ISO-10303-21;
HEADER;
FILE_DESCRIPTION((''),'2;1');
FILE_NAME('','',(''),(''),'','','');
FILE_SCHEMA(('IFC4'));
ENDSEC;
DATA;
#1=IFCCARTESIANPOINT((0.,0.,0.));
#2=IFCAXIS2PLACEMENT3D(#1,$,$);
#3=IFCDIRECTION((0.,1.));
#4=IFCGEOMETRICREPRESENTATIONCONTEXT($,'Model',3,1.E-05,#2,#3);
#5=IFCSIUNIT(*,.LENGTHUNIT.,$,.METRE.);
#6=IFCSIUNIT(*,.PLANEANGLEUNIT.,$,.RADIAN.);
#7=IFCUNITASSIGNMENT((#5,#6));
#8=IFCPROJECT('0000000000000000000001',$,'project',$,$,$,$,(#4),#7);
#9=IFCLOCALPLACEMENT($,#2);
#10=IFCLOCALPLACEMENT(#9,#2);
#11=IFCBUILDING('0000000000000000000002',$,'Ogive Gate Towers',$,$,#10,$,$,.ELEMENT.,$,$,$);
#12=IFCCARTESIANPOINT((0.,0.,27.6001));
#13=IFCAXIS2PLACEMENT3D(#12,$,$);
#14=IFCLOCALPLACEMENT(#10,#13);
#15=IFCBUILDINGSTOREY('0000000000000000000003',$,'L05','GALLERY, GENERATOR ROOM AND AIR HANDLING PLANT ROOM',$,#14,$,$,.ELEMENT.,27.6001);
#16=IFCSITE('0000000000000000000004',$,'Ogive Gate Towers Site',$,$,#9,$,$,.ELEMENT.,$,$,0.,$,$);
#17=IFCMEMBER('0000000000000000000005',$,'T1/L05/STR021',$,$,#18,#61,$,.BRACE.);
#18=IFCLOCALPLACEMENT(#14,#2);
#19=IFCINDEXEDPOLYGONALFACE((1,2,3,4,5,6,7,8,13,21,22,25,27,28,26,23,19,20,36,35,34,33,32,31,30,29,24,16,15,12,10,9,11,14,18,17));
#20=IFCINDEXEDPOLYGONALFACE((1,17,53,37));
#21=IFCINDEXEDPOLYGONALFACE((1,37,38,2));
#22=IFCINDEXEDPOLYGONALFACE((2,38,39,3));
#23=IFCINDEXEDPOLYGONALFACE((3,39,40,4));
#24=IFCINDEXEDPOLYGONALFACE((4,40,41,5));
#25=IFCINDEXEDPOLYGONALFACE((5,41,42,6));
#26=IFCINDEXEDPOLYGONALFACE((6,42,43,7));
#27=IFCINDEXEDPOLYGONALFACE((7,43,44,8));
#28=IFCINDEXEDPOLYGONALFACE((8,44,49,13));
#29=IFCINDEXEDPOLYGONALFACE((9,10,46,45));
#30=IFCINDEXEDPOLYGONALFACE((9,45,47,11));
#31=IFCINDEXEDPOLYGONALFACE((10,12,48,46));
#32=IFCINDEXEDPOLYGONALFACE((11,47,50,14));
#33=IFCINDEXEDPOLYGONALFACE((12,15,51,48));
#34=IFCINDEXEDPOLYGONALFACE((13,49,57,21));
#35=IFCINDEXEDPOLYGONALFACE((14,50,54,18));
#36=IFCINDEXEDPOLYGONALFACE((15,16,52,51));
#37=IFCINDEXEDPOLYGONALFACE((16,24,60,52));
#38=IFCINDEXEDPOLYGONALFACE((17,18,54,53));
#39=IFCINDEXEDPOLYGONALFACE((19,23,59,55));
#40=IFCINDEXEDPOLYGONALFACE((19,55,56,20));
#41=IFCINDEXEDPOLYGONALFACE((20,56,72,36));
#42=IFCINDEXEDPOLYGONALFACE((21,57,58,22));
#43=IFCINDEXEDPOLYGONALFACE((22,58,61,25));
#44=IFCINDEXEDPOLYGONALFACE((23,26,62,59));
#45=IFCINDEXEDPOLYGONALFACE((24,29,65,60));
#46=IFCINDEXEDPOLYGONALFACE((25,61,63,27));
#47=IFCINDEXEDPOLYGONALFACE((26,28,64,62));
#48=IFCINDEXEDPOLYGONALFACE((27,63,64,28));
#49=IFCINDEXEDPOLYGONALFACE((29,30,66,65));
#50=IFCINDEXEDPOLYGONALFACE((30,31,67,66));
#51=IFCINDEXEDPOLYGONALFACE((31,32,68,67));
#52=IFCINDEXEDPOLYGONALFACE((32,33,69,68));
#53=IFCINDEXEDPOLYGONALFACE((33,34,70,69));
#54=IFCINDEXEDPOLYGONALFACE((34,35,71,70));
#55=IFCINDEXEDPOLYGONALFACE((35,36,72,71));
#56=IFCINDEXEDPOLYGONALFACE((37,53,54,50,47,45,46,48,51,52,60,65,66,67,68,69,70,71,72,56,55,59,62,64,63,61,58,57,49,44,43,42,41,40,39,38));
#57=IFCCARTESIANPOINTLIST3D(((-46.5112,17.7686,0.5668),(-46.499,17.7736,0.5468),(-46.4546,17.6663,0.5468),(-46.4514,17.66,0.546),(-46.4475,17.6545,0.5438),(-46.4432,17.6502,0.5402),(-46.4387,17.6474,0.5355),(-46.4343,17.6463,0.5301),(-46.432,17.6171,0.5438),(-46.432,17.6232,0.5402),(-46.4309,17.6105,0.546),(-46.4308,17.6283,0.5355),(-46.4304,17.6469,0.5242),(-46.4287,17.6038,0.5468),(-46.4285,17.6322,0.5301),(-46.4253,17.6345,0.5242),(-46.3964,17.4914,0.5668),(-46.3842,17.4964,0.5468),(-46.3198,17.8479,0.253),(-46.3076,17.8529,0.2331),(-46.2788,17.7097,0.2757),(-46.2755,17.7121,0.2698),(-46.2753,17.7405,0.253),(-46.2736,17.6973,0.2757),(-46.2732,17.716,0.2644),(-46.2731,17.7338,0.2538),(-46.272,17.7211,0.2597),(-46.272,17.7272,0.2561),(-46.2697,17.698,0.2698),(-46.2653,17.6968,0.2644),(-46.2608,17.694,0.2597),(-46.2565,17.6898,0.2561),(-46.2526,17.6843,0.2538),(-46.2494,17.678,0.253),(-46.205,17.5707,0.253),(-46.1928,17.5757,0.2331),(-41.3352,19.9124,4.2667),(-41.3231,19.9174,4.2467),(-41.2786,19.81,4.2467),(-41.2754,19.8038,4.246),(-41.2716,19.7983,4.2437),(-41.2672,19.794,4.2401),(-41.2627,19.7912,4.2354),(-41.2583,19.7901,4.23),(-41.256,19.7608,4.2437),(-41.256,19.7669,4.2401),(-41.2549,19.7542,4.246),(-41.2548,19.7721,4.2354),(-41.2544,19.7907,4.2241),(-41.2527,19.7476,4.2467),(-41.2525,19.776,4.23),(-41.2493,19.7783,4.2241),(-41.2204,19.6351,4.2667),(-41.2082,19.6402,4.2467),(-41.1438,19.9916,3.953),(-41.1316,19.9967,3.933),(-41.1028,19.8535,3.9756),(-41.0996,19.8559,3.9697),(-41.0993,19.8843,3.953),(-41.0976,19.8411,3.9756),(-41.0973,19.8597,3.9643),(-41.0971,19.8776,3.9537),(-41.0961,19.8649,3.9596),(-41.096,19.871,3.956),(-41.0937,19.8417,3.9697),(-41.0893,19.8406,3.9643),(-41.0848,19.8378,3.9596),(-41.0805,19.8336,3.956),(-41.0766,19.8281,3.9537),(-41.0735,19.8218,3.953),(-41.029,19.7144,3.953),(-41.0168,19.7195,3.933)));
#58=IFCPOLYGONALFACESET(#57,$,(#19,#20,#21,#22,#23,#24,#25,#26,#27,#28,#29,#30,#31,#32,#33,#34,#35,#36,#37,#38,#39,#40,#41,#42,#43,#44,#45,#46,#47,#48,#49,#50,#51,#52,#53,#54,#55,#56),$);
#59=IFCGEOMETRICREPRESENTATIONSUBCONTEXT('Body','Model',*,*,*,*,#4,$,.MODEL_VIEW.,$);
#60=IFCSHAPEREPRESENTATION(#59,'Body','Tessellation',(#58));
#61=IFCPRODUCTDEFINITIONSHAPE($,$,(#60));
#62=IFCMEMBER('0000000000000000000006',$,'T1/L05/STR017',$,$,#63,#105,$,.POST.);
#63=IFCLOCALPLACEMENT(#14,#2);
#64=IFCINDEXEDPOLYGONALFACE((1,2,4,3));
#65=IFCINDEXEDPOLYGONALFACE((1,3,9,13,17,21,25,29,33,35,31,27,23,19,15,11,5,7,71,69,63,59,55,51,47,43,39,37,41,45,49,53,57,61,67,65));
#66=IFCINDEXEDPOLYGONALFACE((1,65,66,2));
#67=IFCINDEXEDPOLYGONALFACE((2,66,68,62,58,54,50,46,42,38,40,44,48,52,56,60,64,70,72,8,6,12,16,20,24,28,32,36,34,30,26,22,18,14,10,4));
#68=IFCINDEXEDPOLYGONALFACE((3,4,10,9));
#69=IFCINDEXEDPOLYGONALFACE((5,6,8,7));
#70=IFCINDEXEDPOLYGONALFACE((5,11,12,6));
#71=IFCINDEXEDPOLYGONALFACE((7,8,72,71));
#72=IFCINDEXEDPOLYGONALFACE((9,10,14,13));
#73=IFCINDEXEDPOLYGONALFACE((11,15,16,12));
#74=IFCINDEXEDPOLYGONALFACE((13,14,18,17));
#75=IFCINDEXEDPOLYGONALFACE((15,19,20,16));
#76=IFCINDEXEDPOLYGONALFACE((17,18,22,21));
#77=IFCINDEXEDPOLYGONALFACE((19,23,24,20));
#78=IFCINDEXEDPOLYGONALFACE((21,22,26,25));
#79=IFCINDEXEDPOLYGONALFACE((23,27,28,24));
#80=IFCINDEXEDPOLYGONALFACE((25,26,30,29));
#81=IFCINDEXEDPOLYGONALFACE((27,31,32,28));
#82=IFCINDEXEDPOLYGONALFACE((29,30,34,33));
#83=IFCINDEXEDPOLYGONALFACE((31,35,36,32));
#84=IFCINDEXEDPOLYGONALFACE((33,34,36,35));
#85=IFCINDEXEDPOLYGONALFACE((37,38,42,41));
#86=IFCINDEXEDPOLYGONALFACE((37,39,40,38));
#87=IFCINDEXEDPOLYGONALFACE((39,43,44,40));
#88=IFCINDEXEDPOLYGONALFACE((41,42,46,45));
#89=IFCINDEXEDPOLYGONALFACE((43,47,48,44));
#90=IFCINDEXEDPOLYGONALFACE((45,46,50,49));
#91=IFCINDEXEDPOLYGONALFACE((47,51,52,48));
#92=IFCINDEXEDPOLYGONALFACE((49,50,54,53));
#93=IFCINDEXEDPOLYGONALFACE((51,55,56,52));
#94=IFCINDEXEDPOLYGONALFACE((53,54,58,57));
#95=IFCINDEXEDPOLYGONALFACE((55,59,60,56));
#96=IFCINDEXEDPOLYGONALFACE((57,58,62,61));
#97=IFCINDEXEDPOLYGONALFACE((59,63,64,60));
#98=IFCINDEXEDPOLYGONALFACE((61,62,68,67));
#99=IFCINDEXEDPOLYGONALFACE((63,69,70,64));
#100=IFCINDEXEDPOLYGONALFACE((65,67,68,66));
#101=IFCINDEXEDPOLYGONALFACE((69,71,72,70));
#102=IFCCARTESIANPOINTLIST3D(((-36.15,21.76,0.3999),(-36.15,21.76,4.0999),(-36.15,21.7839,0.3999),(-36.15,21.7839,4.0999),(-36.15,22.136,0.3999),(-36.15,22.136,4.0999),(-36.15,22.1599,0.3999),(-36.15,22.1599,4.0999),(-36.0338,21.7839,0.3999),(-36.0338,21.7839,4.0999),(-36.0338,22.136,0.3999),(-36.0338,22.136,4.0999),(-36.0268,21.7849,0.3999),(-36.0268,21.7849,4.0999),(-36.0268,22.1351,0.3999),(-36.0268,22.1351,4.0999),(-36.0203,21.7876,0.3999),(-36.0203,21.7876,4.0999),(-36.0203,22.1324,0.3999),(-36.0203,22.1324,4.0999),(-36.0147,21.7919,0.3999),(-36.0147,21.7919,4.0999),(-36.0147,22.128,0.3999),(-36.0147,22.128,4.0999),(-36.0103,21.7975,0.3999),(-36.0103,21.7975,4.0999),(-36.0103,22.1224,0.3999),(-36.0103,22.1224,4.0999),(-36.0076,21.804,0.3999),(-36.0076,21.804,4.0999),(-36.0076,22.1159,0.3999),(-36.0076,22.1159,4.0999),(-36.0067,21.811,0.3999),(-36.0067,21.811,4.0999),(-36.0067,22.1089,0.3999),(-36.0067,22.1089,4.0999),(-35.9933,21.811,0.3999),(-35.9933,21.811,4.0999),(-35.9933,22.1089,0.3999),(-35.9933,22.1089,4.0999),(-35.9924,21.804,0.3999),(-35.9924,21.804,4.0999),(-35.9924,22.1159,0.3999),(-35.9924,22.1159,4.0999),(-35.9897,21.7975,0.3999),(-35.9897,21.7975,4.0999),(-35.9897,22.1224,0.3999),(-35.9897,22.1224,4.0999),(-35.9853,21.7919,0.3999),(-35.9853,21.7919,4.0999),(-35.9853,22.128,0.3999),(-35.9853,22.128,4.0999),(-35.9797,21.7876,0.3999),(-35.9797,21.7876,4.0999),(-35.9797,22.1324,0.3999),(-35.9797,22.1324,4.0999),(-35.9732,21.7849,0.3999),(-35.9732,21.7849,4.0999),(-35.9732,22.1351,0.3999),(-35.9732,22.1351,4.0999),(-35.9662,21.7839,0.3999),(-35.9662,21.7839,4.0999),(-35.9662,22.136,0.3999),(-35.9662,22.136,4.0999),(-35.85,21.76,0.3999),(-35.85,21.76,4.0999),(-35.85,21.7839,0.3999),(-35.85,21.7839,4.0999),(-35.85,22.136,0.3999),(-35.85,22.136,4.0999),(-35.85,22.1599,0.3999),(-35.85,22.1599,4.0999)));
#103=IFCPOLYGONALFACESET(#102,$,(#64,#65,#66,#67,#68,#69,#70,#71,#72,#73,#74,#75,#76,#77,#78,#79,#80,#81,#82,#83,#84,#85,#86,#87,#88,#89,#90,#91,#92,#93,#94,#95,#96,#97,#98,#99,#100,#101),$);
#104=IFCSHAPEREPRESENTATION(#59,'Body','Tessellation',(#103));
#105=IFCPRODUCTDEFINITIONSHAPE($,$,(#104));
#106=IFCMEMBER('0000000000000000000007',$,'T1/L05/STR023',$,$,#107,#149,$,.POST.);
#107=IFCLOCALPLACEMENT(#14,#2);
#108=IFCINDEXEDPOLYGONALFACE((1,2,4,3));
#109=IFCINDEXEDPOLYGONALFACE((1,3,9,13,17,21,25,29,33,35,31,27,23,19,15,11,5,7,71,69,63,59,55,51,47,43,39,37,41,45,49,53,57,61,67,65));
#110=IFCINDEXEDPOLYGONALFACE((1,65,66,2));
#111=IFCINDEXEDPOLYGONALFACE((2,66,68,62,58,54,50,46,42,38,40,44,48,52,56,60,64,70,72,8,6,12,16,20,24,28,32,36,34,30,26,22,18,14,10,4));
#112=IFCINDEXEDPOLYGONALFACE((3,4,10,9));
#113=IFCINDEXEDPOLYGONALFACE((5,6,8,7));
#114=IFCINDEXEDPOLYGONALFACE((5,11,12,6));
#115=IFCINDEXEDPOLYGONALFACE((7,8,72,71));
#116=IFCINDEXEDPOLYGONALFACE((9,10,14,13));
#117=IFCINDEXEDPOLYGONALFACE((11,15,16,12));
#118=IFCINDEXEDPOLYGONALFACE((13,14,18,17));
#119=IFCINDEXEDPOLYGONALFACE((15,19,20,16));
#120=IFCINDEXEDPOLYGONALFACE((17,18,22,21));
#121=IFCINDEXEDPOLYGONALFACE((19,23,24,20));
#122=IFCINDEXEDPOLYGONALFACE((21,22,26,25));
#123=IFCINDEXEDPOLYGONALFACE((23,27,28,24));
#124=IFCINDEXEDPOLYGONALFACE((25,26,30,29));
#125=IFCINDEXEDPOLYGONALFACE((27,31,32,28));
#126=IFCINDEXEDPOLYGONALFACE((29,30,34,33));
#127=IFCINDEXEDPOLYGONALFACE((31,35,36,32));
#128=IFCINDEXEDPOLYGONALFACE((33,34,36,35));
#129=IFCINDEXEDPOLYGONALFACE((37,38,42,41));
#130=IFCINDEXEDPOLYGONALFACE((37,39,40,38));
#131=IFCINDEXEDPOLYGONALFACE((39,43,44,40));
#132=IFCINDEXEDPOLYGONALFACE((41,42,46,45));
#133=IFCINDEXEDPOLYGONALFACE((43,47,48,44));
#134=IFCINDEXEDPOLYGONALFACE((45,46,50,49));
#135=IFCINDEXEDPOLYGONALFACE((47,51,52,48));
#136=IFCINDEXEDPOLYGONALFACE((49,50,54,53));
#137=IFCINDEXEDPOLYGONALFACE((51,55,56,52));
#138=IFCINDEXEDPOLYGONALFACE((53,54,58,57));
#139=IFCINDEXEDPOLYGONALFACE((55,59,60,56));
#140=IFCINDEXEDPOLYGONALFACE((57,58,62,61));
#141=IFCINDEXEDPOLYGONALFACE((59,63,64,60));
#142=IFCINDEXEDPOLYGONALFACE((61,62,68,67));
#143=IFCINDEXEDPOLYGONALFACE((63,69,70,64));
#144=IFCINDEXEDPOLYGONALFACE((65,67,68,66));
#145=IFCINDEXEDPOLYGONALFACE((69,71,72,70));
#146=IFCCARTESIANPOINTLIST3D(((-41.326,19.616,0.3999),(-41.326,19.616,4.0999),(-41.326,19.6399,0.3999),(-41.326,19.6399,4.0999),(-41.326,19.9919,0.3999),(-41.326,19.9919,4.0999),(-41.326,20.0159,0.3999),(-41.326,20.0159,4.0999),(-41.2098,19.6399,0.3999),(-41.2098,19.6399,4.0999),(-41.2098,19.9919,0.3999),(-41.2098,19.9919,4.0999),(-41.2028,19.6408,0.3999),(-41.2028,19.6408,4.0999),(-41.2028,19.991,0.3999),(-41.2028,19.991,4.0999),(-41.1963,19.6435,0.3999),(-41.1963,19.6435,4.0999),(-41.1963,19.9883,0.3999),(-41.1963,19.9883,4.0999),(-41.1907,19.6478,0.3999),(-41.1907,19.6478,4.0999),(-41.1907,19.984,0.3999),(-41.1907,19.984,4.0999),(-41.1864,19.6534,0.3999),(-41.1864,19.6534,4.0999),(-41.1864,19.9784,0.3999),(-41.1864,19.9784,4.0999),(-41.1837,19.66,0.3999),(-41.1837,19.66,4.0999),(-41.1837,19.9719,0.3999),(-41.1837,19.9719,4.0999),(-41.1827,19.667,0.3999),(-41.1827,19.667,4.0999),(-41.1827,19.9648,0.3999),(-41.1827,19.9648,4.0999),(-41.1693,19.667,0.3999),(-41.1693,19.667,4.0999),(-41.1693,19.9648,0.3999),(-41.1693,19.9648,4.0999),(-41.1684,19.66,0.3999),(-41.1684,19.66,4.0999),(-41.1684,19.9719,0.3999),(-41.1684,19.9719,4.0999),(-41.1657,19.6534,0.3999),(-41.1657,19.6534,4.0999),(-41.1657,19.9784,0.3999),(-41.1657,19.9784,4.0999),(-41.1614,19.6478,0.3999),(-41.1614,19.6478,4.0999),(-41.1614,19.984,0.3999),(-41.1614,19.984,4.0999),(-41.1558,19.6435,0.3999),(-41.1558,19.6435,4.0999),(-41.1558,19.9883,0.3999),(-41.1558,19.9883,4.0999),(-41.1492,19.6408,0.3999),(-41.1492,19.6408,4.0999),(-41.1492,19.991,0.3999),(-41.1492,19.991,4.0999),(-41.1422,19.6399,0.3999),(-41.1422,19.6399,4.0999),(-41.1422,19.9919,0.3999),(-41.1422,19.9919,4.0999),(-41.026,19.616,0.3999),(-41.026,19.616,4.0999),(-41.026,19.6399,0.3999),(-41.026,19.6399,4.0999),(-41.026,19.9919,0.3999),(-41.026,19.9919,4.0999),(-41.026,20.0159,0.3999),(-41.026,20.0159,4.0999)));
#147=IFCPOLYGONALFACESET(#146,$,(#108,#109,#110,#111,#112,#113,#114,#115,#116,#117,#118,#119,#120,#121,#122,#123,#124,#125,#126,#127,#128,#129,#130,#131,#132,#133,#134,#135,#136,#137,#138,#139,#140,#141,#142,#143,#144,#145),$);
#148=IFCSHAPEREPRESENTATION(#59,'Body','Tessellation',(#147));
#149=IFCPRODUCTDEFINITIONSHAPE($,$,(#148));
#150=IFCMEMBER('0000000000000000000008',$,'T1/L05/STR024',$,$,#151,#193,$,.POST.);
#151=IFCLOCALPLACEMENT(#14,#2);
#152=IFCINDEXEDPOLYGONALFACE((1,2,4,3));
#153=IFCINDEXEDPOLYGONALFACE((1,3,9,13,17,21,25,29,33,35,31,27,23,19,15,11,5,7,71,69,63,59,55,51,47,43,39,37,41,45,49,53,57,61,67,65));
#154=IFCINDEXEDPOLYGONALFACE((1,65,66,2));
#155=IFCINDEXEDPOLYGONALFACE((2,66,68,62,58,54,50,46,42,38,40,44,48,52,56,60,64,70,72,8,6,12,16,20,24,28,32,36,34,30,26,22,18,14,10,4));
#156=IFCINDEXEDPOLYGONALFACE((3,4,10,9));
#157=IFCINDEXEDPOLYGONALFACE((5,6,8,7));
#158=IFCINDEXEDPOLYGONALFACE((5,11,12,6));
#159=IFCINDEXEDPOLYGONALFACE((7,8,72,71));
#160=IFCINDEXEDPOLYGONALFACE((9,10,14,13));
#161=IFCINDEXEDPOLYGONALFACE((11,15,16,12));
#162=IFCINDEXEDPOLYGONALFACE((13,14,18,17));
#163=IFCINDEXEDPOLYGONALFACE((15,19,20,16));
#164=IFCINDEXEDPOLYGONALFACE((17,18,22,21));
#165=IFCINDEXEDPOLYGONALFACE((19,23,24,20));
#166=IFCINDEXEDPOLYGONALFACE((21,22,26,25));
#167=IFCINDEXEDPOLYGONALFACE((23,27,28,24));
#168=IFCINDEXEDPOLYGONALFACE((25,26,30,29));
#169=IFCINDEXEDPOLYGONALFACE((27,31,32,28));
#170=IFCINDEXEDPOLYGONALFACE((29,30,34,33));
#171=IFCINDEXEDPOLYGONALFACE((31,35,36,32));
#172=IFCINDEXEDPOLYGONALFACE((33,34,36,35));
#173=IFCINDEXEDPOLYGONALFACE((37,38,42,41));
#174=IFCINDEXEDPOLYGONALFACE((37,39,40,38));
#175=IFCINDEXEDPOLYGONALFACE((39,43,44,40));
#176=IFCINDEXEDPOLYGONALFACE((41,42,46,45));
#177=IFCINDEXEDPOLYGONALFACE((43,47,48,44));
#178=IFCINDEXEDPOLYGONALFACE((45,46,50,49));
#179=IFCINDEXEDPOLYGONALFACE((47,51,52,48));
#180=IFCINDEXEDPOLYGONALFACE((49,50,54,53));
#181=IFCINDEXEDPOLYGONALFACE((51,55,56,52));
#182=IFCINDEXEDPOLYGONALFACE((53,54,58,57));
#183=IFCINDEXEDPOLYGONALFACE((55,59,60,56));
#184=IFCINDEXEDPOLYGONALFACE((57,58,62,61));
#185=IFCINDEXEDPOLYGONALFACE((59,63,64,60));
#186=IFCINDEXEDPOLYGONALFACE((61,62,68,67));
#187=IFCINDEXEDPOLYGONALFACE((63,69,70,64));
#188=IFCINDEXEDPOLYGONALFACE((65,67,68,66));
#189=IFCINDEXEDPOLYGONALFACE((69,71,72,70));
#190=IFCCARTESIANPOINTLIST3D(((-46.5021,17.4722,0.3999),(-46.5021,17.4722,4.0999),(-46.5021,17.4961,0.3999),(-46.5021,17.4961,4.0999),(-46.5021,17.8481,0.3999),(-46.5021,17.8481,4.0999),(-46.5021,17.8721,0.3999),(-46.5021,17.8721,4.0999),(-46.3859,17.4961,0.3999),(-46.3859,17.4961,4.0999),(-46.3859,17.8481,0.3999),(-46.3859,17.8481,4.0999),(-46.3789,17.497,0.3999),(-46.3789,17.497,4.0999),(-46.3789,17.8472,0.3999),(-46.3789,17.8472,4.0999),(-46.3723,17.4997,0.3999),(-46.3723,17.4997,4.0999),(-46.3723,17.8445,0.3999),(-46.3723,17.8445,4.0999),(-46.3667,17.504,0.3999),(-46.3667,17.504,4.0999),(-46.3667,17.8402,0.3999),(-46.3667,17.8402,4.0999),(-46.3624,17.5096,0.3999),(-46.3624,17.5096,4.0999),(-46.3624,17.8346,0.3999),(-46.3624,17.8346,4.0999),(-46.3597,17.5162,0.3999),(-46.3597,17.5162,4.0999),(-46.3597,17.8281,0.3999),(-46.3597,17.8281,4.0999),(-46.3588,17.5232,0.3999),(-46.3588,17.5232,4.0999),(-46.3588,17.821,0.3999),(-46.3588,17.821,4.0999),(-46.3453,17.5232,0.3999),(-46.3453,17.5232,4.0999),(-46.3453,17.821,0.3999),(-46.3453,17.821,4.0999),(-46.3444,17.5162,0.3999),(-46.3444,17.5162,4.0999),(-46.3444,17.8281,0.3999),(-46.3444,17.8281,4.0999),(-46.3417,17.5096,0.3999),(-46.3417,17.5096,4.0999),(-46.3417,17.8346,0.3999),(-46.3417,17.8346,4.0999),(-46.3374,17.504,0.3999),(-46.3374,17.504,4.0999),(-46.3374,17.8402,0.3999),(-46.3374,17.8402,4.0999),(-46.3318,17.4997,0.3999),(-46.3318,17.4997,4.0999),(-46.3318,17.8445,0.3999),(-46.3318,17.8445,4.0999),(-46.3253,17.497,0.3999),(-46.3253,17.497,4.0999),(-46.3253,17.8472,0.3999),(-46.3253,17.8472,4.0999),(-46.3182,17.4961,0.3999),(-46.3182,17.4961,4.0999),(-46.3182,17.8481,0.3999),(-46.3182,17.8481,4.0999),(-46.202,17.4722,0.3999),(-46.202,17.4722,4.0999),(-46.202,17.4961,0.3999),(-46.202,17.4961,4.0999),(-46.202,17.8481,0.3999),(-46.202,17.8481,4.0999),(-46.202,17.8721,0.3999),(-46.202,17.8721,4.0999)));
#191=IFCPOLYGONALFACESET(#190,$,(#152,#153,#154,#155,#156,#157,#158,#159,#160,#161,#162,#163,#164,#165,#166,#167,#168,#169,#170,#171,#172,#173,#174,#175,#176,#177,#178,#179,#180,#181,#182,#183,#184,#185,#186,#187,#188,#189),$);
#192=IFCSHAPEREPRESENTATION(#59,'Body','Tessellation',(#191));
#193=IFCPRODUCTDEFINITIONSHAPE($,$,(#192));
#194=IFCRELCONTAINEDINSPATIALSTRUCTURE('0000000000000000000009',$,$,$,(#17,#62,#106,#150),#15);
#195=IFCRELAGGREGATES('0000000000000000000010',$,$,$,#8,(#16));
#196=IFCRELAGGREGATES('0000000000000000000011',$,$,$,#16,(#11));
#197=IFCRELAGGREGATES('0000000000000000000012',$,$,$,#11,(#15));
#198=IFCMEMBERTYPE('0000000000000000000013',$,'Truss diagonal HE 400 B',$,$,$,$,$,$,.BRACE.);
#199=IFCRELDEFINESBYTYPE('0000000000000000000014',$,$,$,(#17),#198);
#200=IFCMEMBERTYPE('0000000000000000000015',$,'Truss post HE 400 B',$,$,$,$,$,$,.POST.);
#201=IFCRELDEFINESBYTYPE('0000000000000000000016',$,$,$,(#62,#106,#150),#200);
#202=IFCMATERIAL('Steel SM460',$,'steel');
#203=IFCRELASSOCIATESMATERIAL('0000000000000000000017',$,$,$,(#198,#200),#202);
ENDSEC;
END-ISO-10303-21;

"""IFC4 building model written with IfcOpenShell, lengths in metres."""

from ifc_helpers import new_model, si_unit, direction, frame, origin, origin_2d, place, context, subcontext, project, spatial, i_section, extrude, material, material_profile, profile_set, type_object, element, save


model = new_model("IFC4")

# Units and contexts
model_context = context("Model", 3, precision=1e-05, world=origin(), true_north=direction((0.0, 1.0)))
body_context = subcontext(model_context, "Body", "Model", "MODEL_VIEW")
ifc_project = project(units=[si_unit("LENGTHUNIT", "METRE"), si_unit("PLANEANGLEUNIT", "RADIAN")], contexts=[model_context])

# Site, building, storey
site_placement = place(None, origin())
site = spatial("IfcSite", under=ifc_project, at=site_placement, Name="Ogive Gate Towers Site", CompositionType="ELEMENT", RefElevation=0.0)
building_placement = place(site_placement, origin())
building = spatial("IfcBuilding", under=site, at=building_placement, Name="Ogive Gate Towers", CompositionType="ELEMENT")
storey_placement = place(building_placement, frame((0.0, 0.0, 27.6001)))
storey = spatial("IfcBuildingStorey", under=building, at=storey_placement, Name="L05", Description="GALLERY, GENERATOR ROOM AND AIR HANDLING PLANT ROOM", CompositionType="ELEMENT", Elevation=27.6001)

# Shared definitions
ifc_material_1 = material(Name="Steel SM460", Category="steel")

# Members
ifc_material_profile_1 = material_profile(ifc_material_1, i_section(OverallWidth=0.3, OverallDepth=0.3999, WebThickness=0.0134, FlangeThickness=0.0239, FilletRadius=0.0271, at=origin_2d()), Name="HE 400 B")
ifc_profile_set_1 = profile_set([ifc_material_profile_1], Name="Steel SM460")
member_type_1 = type_object("IfcMemberType", Name="Truss diagonal HE 400 B", PredefinedType="BRACE", material=ifc_profile_set_1)
member_1_placement = place(storey_placement, frame((-41.176, 19.8159, 4.0999), z_axis=(-0.770939, -0.319306, -0.551086), x_axis=(0.382656, -0.923891, 0.0)))
element("IfcMember", 1, at=member_1_placement, inside=storey, type_object=member_type_1, Name="T1/L05/STR021", PredefinedType="BRACE", context=body_context, shape_type="SweptSolid", body=[
    extrude(i_section(OverallWidth=0.3, OverallDepth=0.3999, WebThickness=0.0134, FlangeThickness=0.0239, FilletRadius=0.0271, at=origin_2d()), origin(), (0.0, 0.0, 1.0), 6.7139),
])
ifc_material_profile_2 = material_profile(ifc_material_1, i_section(OverallWidth=0.3, OverallDepth=0.3999, WebThickness=0.0134, FlangeThickness=0.0239, FilletRadius=0.0271, at=origin_2d()), Name="HE 400 B")
ifc_profile_set_2 = profile_set([ifc_material_profile_2], Name="Steel SM460")
member_type_2 = type_object("IfcMemberType", Name="Truss post HE 400 B", PredefinedType="POST", material=ifc_profile_set_2)
for number, where, z_axis, x_axis, name in (
    (2, (-36.0, 21.96, 0.3999), (0.0, 0.0, 1.0), (1.0, 0.0, 0.0), "T1/L05/STR017"),
    (3, (-41.176, 19.8159, 0.3999), (0.0, 0.0, 1.0), (1.0, 0.0, 0.0), "T1/L05/STR023"),
    (4, (-46.3521, 17.6721, 0.3999), (0.0, 0.0, 1.0), (1.0, 0.0, 0.0), "T1/L05/STR024"),
):
    element("IfcMember", number, at=place(storey_placement, frame(where, z_axis=z_axis, x_axis=x_axis)), inside=storey, type_object=member_type_2, Name=name, PredefinedType="POST", context=body_context, shape_type="SweptSolid", body=[
        extrude(i_section(OverallWidth=0.3, OverallDepth=0.3999, WebThickness=0.0134, FlangeThickness=0.0239, FilletRadius=0.0271, at=origin_2d()), origin(), (0.0, 0.0, 1.0), 3.7),
    ])

save(model, "model.ifc")
